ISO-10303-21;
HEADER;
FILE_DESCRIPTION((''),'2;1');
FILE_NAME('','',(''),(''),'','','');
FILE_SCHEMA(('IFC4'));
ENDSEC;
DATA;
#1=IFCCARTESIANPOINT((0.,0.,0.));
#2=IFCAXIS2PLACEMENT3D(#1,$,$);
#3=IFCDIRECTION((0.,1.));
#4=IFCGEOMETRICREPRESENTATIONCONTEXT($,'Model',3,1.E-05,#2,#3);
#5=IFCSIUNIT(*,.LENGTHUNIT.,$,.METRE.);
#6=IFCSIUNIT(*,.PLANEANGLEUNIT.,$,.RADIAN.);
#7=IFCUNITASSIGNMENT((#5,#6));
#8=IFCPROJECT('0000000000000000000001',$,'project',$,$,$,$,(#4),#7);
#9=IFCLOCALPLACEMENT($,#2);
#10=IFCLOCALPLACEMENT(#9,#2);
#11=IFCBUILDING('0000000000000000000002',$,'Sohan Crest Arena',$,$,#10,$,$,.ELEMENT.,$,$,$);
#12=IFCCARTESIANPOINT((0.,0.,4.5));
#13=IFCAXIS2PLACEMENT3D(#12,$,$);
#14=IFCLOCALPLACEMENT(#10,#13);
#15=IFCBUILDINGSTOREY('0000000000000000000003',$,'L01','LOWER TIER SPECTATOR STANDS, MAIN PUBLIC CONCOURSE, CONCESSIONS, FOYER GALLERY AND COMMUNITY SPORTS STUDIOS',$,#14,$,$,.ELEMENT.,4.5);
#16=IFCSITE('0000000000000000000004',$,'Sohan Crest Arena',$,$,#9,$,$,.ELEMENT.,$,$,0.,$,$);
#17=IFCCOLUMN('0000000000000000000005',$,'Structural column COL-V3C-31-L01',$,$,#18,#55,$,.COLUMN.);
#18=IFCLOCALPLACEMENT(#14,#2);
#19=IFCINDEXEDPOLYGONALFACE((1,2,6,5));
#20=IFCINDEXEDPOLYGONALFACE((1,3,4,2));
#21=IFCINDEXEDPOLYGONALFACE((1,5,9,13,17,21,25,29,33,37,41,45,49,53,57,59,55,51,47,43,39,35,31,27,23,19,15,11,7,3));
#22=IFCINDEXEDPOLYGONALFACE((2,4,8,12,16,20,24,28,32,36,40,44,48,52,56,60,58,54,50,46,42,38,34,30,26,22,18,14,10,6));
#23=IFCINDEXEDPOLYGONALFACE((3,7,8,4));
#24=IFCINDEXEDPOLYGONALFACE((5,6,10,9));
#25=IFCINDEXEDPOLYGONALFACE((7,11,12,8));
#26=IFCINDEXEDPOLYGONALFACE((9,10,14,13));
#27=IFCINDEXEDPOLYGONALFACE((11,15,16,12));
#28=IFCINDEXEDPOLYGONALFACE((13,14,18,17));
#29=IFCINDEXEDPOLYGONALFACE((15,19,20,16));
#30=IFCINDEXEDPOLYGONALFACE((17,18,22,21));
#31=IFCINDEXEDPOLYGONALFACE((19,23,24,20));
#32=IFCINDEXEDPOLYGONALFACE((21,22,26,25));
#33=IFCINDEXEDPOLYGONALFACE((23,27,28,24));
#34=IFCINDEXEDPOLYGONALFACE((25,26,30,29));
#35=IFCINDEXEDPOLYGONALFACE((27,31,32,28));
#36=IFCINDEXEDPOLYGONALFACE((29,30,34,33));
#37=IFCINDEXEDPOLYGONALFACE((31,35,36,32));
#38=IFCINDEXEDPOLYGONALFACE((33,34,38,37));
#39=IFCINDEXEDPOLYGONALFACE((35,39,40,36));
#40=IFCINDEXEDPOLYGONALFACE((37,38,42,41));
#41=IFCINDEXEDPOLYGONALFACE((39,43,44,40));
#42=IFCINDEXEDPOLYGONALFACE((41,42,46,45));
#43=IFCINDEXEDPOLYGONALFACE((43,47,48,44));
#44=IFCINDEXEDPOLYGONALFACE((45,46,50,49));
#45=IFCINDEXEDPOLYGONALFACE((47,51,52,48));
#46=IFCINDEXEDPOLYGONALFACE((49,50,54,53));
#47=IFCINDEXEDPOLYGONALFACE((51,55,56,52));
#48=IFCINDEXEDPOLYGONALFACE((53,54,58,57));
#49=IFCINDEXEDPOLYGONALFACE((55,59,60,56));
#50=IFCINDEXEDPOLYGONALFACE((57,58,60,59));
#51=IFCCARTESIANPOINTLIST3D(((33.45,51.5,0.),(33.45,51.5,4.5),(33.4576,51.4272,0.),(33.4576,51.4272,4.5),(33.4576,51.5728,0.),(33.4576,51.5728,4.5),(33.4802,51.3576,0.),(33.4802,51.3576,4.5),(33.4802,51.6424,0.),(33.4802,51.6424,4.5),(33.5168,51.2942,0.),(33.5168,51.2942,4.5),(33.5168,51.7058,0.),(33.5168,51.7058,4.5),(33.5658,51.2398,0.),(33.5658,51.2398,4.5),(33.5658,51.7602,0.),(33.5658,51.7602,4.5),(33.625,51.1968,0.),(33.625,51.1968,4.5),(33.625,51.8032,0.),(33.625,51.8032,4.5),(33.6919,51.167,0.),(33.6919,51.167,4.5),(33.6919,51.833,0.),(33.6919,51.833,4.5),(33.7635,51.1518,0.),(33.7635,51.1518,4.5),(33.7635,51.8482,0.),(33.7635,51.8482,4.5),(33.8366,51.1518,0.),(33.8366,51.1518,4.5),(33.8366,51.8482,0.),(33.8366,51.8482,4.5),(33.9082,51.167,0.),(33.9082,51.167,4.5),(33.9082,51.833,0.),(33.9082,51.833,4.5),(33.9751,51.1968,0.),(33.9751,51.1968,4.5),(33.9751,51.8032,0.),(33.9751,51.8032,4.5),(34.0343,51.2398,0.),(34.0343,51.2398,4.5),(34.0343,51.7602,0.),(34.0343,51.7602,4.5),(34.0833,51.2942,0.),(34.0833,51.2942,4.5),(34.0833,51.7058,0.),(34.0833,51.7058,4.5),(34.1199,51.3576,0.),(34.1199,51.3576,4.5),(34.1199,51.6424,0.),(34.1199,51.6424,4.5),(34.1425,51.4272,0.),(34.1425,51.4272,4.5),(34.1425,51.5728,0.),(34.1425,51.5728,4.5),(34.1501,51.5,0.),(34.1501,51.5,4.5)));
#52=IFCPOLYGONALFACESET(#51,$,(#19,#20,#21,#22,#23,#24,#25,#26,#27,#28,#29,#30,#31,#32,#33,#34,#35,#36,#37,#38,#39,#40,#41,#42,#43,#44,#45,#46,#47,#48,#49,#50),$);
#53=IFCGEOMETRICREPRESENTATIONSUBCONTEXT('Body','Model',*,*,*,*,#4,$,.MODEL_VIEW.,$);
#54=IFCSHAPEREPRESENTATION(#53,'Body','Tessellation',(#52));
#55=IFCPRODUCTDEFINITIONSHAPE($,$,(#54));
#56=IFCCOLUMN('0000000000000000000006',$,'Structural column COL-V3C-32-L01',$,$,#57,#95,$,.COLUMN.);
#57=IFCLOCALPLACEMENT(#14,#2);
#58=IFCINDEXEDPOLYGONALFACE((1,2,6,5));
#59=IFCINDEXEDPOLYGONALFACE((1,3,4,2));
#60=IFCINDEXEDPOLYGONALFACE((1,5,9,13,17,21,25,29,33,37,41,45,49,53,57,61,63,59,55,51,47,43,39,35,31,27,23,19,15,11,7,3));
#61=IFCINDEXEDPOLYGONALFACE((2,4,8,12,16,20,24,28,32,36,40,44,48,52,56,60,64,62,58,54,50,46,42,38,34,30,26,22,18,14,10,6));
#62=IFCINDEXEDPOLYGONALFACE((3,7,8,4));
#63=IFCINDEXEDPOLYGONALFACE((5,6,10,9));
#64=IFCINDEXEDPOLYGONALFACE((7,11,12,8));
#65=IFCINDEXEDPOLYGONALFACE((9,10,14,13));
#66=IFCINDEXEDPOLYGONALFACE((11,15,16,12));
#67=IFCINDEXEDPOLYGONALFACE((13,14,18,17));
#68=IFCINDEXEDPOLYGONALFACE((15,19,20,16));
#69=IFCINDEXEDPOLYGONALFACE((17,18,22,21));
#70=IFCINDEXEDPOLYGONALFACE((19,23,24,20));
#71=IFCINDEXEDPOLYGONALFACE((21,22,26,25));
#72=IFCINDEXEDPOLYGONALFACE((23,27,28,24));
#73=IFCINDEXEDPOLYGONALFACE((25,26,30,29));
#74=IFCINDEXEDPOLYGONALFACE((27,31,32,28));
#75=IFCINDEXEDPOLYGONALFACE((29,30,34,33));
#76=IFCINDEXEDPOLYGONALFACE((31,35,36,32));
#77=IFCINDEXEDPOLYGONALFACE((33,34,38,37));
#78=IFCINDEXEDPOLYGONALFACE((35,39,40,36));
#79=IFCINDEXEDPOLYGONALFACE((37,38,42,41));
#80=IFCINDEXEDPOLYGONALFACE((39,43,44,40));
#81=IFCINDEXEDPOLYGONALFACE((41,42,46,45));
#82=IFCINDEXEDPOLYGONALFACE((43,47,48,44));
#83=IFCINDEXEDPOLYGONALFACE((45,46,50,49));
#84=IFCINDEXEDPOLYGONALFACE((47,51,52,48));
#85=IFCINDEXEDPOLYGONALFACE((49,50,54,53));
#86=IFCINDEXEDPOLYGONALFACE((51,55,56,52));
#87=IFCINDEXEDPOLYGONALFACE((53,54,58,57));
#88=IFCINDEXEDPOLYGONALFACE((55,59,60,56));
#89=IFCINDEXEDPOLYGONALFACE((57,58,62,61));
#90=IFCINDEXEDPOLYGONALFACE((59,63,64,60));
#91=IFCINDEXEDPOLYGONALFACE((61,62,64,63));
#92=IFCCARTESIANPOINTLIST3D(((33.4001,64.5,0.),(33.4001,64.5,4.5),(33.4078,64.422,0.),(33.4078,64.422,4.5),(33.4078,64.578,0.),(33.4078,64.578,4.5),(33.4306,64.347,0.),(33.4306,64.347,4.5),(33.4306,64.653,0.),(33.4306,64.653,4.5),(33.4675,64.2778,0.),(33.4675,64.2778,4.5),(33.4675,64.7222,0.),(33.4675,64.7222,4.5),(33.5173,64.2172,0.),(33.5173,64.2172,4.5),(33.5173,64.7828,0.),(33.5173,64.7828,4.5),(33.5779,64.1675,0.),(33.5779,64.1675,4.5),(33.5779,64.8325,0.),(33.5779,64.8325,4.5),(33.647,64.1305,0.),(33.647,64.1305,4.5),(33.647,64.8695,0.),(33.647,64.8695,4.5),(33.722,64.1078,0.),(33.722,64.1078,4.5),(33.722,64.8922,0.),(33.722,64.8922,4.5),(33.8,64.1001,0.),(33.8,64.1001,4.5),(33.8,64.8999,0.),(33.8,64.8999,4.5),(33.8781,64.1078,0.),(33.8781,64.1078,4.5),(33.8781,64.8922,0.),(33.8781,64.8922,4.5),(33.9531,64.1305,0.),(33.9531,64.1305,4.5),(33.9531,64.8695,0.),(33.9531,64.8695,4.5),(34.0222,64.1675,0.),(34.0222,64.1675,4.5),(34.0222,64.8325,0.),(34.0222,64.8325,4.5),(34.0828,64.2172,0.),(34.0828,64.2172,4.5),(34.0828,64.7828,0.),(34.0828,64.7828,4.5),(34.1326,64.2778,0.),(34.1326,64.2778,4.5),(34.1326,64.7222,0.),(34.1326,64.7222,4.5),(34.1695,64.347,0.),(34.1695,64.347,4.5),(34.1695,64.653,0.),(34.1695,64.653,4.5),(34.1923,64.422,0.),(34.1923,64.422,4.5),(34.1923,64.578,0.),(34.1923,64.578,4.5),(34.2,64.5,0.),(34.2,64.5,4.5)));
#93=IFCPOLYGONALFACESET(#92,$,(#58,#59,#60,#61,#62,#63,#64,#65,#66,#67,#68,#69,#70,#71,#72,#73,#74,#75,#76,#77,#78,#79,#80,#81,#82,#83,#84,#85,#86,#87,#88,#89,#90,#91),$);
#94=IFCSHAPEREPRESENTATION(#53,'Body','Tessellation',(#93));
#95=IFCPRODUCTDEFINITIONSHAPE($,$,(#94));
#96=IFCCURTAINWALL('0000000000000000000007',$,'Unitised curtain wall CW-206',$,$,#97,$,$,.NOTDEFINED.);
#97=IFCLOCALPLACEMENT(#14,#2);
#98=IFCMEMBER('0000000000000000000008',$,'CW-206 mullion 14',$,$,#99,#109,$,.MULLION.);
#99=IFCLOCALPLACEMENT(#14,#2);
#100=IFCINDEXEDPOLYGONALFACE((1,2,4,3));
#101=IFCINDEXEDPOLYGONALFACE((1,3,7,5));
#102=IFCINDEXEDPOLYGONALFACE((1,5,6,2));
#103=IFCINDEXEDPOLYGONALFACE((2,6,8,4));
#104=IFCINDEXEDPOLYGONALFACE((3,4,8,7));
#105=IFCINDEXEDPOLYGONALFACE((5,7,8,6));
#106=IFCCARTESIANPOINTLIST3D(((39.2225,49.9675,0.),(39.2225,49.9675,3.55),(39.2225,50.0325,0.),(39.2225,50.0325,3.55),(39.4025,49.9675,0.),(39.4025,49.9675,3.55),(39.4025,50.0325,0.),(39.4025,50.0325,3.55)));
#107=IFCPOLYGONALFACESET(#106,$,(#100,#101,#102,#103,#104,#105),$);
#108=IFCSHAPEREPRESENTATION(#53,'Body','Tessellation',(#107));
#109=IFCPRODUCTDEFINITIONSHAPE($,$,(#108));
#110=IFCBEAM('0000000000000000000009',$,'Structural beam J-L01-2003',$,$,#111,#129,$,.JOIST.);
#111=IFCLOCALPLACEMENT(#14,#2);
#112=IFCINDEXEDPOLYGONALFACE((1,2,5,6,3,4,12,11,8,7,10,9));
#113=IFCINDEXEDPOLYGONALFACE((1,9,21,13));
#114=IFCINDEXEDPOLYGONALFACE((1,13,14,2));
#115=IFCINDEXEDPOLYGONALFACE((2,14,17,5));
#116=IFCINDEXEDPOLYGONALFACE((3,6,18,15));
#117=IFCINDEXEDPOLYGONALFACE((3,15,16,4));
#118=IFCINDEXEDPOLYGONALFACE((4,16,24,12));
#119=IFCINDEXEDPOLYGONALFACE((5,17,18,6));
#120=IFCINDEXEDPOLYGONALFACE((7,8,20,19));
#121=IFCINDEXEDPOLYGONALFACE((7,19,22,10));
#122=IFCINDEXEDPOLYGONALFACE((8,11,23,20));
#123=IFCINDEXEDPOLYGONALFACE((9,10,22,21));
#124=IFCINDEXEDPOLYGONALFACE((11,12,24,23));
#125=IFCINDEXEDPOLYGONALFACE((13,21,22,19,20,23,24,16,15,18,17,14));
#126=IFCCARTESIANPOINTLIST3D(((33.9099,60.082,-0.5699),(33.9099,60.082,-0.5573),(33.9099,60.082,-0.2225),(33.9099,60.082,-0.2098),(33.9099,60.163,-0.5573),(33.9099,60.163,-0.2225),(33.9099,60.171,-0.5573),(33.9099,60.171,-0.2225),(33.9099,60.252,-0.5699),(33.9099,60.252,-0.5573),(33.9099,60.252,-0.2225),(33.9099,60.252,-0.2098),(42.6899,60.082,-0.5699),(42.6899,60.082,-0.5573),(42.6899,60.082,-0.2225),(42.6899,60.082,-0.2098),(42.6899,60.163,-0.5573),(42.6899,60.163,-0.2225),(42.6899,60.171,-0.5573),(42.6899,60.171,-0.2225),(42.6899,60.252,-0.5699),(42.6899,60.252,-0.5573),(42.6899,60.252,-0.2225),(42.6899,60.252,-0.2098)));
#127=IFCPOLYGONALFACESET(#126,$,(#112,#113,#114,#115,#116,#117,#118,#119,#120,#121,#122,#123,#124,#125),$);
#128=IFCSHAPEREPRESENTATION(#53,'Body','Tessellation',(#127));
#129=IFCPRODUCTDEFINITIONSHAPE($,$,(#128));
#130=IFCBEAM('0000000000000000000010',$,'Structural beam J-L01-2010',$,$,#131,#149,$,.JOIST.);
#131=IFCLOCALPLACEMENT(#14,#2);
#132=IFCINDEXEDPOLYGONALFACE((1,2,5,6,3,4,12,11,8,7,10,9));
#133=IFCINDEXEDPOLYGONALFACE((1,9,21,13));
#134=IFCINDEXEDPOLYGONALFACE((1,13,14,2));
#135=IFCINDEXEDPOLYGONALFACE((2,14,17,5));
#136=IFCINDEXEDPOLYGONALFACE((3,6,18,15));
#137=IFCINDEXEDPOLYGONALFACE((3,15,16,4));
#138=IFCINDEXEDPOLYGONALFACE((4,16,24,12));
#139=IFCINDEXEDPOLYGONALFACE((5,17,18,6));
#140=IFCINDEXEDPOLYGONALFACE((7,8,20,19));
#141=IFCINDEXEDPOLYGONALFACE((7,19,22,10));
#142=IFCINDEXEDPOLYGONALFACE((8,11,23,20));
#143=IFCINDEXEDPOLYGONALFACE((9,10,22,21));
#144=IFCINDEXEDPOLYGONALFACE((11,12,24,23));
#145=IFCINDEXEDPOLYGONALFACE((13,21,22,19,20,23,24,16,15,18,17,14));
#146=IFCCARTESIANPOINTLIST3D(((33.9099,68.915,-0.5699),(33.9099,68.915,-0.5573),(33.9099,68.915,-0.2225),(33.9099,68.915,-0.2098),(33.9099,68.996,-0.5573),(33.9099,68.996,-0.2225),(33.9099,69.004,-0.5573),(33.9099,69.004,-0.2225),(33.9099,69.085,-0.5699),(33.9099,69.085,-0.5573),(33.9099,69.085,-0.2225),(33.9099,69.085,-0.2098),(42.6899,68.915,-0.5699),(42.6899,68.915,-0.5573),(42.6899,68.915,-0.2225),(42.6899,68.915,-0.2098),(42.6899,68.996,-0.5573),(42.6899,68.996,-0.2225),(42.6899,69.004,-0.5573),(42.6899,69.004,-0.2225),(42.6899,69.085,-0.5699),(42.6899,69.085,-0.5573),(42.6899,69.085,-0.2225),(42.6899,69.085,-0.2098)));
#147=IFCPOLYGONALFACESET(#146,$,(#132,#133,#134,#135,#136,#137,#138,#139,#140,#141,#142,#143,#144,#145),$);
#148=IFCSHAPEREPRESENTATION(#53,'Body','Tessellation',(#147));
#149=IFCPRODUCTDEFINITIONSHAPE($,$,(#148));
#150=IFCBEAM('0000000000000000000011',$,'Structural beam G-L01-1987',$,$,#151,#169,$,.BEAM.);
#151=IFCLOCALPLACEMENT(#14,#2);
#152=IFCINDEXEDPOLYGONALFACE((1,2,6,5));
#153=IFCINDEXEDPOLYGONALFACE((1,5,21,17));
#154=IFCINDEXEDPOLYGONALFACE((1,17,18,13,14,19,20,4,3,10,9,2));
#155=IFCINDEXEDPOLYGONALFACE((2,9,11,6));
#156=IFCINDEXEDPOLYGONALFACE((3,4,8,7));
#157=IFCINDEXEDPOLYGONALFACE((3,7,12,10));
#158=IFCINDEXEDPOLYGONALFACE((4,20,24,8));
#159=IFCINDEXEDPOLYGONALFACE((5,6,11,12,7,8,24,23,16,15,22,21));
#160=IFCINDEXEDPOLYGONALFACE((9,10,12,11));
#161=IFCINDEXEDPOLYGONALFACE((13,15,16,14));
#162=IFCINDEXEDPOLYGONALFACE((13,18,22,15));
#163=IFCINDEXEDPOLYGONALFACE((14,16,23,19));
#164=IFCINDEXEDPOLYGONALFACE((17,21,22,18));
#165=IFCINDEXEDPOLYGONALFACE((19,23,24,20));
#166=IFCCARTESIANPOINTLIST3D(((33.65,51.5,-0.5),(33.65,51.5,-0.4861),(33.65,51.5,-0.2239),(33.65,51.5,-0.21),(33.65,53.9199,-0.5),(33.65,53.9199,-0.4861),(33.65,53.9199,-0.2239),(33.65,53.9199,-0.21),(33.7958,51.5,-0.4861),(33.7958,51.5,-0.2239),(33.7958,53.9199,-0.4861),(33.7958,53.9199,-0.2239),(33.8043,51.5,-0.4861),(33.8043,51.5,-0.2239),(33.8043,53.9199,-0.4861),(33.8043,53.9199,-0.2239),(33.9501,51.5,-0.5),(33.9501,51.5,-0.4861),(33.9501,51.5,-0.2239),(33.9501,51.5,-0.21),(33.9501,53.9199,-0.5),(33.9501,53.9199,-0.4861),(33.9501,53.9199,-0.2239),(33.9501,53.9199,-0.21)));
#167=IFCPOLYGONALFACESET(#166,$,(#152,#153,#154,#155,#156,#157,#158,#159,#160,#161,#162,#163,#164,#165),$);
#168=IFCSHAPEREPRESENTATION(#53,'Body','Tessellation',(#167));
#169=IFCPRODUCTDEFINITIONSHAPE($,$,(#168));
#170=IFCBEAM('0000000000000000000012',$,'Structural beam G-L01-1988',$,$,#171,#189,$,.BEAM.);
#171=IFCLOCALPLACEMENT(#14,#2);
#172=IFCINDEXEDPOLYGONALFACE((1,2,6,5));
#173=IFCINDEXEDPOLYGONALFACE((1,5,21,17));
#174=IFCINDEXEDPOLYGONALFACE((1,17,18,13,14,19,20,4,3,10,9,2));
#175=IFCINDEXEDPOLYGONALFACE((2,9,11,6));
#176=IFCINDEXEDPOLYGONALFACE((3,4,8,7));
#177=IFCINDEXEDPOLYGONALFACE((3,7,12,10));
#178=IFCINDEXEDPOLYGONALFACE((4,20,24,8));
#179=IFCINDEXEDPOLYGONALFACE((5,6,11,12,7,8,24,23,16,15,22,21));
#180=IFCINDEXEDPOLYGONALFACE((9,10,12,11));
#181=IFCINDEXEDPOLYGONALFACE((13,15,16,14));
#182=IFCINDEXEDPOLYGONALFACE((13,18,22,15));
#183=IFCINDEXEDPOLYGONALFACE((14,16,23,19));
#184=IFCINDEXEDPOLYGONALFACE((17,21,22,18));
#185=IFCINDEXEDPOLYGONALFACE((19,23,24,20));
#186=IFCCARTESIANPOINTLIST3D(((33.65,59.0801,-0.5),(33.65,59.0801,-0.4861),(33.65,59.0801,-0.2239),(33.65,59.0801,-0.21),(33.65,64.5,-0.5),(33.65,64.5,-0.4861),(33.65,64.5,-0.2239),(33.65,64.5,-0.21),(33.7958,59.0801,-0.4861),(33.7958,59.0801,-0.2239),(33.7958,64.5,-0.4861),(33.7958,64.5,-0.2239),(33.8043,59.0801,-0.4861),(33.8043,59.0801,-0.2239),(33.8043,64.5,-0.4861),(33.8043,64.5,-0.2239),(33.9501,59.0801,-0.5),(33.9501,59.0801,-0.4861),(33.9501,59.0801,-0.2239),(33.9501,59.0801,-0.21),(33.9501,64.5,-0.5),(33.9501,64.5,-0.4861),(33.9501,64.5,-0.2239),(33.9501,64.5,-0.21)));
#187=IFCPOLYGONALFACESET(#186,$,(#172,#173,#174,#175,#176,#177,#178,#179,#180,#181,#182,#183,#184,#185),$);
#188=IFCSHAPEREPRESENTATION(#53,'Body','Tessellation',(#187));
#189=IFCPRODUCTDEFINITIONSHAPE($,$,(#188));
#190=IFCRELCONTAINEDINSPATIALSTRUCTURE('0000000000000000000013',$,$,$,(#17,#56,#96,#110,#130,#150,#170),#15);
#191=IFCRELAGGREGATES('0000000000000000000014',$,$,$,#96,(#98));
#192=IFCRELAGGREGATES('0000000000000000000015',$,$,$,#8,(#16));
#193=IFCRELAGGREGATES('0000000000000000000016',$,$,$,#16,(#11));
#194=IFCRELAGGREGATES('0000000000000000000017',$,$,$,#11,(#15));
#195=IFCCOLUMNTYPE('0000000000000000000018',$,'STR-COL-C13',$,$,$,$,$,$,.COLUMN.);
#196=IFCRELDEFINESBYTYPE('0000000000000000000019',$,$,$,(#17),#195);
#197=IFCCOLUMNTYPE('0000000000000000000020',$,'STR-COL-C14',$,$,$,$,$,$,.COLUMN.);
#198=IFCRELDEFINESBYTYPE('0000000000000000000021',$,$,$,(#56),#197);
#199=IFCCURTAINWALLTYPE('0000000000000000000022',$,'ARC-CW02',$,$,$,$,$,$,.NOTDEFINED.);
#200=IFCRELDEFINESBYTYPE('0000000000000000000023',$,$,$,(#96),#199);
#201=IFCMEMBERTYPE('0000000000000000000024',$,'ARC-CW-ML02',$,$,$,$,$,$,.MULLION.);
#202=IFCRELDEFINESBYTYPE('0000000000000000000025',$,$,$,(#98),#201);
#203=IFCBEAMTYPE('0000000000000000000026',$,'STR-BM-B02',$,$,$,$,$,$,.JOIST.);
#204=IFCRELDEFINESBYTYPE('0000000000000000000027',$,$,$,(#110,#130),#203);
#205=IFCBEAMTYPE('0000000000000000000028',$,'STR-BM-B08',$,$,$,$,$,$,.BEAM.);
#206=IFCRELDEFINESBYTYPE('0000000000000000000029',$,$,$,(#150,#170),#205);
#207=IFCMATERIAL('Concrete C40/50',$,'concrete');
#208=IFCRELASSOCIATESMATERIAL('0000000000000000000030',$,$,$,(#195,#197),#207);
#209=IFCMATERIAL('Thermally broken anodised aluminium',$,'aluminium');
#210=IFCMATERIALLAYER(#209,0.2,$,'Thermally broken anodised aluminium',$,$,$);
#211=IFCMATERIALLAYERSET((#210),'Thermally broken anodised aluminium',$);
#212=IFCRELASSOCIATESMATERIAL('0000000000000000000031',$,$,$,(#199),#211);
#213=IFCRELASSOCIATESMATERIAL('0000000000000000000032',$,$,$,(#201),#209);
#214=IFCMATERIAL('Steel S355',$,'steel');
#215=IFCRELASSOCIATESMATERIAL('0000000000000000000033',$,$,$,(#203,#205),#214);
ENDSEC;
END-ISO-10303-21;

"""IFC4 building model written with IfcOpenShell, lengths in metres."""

from ifc_helpers import new_model, si_unit, direction, frame, origin, origin_2d, place, context, subcontext, project, spatial, rectangle, circle, i_section, extrude, material, layer, layer_set, material_profile, profile_set, type_object, element, aggregate, save


model = new_model("IFC4")

# Units and contexts
model_context = context("Model", 3, precision=1e-05, world=origin(), true_north=direction((0.0, 1.0)))
body_context = subcontext(model_context, "Body", "Model", "MODEL_VIEW")
ifc_project = project(units=[si_unit("LENGTHUNIT", "METRE"), si_unit("PLANEANGLEUNIT", "RADIAN")], contexts=[model_context])

# Site, building, storey
site_placement = place(None, origin())
site = spatial("IfcSite", under=ifc_project, at=site_placement, Name="Sohan Crest Arena", CompositionType="ELEMENT", RefElevation=0.0)
building_placement = place(site_placement, origin())
building = spatial("IfcBuilding", under=site, at=building_placement, Name="Sohan Crest Arena", CompositionType="ELEMENT")
storey_placement = place(building_placement, frame((0.0, 0.0, 4.5)))
storey = spatial("IfcBuildingStorey", under=building, at=storey_placement, Name="L01", Description="LOWER TIER SPECTATOR STANDS, MAIN PUBLIC CONCOURSE, CONCESSIONS, FOYER GALLERY AND COMMUNITY SPORTS STUDIOS", CompositionType="ELEMENT", Elevation=4.5)

# Columns
ifc_material_1 = material(Name="Concrete C40/50", Category="concrete")
ifc_material_profile_1 = material_profile(ifc_material_1, circle(Radius=0.3501, at=origin_2d()), Name="RC D700")
ifc_profile_set_1 = profile_set([ifc_material_profile_1], Name="Concrete C40/50")
column_type_1 = type_object("IfcColumnType", Name="STR-COL-C13", PredefinedType="COLUMN", material=ifc_profile_set_1)
column_1_placement = place(storey_placement, frame((33.8, 51.5, 0.0), z_axis=(0.0, 0.0, 1.0), x_axis=(1.0, 0.0, 0.0)))
element("IfcColumn", 1, at=column_1_placement, inside=storey, type_object=column_type_1, Name="Structural column COL-V3C-31-L01", PredefinedType="COLUMN", context=body_context, shape_type="SweptSolid", body=[
    extrude(circle(Radius=0.3501, at=origin_2d()), origin(), (0.0, 0.0, 1.0), 4.5),
])
ifc_material_profile_2 = material_profile(ifc_material_1, circle(Radius=0.3999, at=origin_2d()), Name="RC D800")
ifc_profile_set_2 = profile_set([ifc_material_profile_2], Name="Concrete C40/50")
column_type_2 = type_object("IfcColumnType", Name="STR-COL-C14", PredefinedType="COLUMN", material=ifc_profile_set_2)
column_2_placement = place(storey_placement, frame((33.8, 64.5, 0.0), z_axis=(0.0, 0.0, 1.0), x_axis=(1.0, 0.0, 0.0)))
element("IfcColumn", 2, at=column_2_placement, inside=storey, type_object=column_type_2, Name="Structural column COL-V3C-32-L01", PredefinedType="COLUMN", context=body_context, shape_type="SweptSolid", body=[
    extrude(circle(Radius=0.3999, at=origin_2d()), origin(), (0.0, 0.0, 1.0), 4.5),
])

# Curtain wall, member
ifc_material_2 = material(Name="Thermally broken anodised aluminium", Category="aluminium")
ifc_layer_1 = layer(ifc_material_2, 0.2, Name="Thermally broken anodised aluminium")
ifc_layer_set_1 = layer_set([ifc_layer_1], Name="Thermally broken anodised aluminium")
curtain_wall_type = type_object("IfcCurtainWallType", Name="ARC-CW02", PredefinedType="NOTDEFINED", material=ifc_layer_set_1)
curtain_wall_placement = place(storey_placement, origin())
curtain_wall = element("IfcCurtainWall", 3, at=curtain_wall_placement, inside=storey, type_object=curtain_wall_type, Name="Unitised curtain wall CW-206", PredefinedType="NOTDEFINED")
ifc_material_profile_3 = material_profile(ifc_material_2, rectangle(XDim=0.0649, YDim=0.1799, at=origin_2d()), Name="ALU-MULL 65x180")
ifc_profile_set_3 = profile_set([ifc_material_profile_3], Name="Thermally broken anodised aluminium")
member_type = type_object("IfcMemberType", Name="ARC-CW-ML02", PredefinedType="MULLION", material=ifc_profile_set_3)
member_placement = place(storey_placement, frame((39.3125, 50.0, 0.0), z_axis=(0.0, 0.0, 1.0), x_axis=(0.0, 1.0, 0.0)))
member = element("IfcMember", 4, at=member_placement, type_object=member_type, Name="CW-206 mullion 14", PredefinedType="MULLION", context=body_context, shape_type="SweptSolid", body=[
    extrude(rectangle(XDim=0.0649, YDim=0.1799, at=origin_2d()), origin(), (0.0, 0.0, 1.0), 3.55),
])

# Beams
ifc_material_3 = material(Name="Steel S355", Category="steel")
ifc_material_profile_4 = material_profile(ifc_material_3, i_section(OverallWidth=0.1699, OverallDepth=0.3601, WebThickness=0.0081, FlangeThickness=0.0127, at=origin_2d()), Name="IPE 360")
ifc_profile_set_4 = profile_set([ifc_material_profile_4], Name="Steel S355")
beam_type_1 = type_object("IfcBeamType", Name="STR-BM-B02", PredefinedType="JOIST", material=ifc_profile_set_4)
for number, where, z_axis, x_axis, name in (
    (5, (33.9099, 60.167, -0.3899), (1.0, 0.0, 0.0), (0.0, 1.0, 0.0), "Structural beam J-L01-2003"),
    (6, (33.9099, 69.0, -0.3899), (1.0, 0.0, 0.0), (0.0, 1.0, 0.0), "Structural beam J-L01-2010"),
):
    element("IfcBeam", number, at=place(storey_placement, frame(where, z_axis=z_axis, x_axis=x_axis)), inside=storey, type_object=beam_type_1, Name=name, PredefinedType="JOIST", context=body_context, shape_type="SweptSolid", body=[
        extrude(i_section(OverallWidth=0.1699, OverallDepth=0.3601, WebThickness=0.0081, FlangeThickness=0.0127, at=origin_2d()), origin(), (0.0, 0.0, 1.0), 8.78),
    ])
ifc_material_profile_5 = material_profile(ifc_material_3, i_section(OverallWidth=0.3, OverallDepth=0.29, WebThickness=0.0085, FlangeThickness=0.0139, at=origin_2d()), Name="HEA 300")
ifc_profile_set_5 = profile_set([ifc_material_profile_5], Name="Steel S355")
beam_type_2 = type_object("IfcBeamType", Name="STR-BM-B08", PredefinedType="BEAM", material=ifc_profile_set_5)
beam_1_placement = place(storey_placement, frame((33.8, 51.5, -0.355), z_axis=(0.0, 1.0, 0.0), x_axis=(-1.0, 0.0, 0.0)))
element("IfcBeam", 7, at=beam_1_placement, inside=storey, type_object=beam_type_2, Name="Structural beam G-L01-1987", PredefinedType="BEAM", context=body_context, shape_type="SweptSolid", body=[
    extrude(i_section(OverallWidth=0.3, OverallDepth=0.29, WebThickness=0.0085, FlangeThickness=0.0139, at=origin_2d()), origin(), (0.0, 0.0, 1.0), 2.4199),
])
beam_2_placement = place(storey_placement, frame((33.8, 59.0801, -0.355), z_axis=(0.0, 1.0, 0.0), x_axis=(-1.0, 0.0, 0.0)))
element("IfcBeam", 8, at=beam_2_placement, inside=storey, type_object=beam_type_2, Name="Structural beam G-L01-1988", PredefinedType="BEAM", context=body_context, shape_type="SweptSolid", body=[
    extrude(i_section(OverallWidth=0.3, OverallDepth=0.29, WebThickness=0.0085, FlangeThickness=0.0139, at=origin_2d()), origin(), (0.0, 0.0, 1.0), 5.4199),
])

aggregate(curtain_wall, [member])

save(model, "model.ifc")
